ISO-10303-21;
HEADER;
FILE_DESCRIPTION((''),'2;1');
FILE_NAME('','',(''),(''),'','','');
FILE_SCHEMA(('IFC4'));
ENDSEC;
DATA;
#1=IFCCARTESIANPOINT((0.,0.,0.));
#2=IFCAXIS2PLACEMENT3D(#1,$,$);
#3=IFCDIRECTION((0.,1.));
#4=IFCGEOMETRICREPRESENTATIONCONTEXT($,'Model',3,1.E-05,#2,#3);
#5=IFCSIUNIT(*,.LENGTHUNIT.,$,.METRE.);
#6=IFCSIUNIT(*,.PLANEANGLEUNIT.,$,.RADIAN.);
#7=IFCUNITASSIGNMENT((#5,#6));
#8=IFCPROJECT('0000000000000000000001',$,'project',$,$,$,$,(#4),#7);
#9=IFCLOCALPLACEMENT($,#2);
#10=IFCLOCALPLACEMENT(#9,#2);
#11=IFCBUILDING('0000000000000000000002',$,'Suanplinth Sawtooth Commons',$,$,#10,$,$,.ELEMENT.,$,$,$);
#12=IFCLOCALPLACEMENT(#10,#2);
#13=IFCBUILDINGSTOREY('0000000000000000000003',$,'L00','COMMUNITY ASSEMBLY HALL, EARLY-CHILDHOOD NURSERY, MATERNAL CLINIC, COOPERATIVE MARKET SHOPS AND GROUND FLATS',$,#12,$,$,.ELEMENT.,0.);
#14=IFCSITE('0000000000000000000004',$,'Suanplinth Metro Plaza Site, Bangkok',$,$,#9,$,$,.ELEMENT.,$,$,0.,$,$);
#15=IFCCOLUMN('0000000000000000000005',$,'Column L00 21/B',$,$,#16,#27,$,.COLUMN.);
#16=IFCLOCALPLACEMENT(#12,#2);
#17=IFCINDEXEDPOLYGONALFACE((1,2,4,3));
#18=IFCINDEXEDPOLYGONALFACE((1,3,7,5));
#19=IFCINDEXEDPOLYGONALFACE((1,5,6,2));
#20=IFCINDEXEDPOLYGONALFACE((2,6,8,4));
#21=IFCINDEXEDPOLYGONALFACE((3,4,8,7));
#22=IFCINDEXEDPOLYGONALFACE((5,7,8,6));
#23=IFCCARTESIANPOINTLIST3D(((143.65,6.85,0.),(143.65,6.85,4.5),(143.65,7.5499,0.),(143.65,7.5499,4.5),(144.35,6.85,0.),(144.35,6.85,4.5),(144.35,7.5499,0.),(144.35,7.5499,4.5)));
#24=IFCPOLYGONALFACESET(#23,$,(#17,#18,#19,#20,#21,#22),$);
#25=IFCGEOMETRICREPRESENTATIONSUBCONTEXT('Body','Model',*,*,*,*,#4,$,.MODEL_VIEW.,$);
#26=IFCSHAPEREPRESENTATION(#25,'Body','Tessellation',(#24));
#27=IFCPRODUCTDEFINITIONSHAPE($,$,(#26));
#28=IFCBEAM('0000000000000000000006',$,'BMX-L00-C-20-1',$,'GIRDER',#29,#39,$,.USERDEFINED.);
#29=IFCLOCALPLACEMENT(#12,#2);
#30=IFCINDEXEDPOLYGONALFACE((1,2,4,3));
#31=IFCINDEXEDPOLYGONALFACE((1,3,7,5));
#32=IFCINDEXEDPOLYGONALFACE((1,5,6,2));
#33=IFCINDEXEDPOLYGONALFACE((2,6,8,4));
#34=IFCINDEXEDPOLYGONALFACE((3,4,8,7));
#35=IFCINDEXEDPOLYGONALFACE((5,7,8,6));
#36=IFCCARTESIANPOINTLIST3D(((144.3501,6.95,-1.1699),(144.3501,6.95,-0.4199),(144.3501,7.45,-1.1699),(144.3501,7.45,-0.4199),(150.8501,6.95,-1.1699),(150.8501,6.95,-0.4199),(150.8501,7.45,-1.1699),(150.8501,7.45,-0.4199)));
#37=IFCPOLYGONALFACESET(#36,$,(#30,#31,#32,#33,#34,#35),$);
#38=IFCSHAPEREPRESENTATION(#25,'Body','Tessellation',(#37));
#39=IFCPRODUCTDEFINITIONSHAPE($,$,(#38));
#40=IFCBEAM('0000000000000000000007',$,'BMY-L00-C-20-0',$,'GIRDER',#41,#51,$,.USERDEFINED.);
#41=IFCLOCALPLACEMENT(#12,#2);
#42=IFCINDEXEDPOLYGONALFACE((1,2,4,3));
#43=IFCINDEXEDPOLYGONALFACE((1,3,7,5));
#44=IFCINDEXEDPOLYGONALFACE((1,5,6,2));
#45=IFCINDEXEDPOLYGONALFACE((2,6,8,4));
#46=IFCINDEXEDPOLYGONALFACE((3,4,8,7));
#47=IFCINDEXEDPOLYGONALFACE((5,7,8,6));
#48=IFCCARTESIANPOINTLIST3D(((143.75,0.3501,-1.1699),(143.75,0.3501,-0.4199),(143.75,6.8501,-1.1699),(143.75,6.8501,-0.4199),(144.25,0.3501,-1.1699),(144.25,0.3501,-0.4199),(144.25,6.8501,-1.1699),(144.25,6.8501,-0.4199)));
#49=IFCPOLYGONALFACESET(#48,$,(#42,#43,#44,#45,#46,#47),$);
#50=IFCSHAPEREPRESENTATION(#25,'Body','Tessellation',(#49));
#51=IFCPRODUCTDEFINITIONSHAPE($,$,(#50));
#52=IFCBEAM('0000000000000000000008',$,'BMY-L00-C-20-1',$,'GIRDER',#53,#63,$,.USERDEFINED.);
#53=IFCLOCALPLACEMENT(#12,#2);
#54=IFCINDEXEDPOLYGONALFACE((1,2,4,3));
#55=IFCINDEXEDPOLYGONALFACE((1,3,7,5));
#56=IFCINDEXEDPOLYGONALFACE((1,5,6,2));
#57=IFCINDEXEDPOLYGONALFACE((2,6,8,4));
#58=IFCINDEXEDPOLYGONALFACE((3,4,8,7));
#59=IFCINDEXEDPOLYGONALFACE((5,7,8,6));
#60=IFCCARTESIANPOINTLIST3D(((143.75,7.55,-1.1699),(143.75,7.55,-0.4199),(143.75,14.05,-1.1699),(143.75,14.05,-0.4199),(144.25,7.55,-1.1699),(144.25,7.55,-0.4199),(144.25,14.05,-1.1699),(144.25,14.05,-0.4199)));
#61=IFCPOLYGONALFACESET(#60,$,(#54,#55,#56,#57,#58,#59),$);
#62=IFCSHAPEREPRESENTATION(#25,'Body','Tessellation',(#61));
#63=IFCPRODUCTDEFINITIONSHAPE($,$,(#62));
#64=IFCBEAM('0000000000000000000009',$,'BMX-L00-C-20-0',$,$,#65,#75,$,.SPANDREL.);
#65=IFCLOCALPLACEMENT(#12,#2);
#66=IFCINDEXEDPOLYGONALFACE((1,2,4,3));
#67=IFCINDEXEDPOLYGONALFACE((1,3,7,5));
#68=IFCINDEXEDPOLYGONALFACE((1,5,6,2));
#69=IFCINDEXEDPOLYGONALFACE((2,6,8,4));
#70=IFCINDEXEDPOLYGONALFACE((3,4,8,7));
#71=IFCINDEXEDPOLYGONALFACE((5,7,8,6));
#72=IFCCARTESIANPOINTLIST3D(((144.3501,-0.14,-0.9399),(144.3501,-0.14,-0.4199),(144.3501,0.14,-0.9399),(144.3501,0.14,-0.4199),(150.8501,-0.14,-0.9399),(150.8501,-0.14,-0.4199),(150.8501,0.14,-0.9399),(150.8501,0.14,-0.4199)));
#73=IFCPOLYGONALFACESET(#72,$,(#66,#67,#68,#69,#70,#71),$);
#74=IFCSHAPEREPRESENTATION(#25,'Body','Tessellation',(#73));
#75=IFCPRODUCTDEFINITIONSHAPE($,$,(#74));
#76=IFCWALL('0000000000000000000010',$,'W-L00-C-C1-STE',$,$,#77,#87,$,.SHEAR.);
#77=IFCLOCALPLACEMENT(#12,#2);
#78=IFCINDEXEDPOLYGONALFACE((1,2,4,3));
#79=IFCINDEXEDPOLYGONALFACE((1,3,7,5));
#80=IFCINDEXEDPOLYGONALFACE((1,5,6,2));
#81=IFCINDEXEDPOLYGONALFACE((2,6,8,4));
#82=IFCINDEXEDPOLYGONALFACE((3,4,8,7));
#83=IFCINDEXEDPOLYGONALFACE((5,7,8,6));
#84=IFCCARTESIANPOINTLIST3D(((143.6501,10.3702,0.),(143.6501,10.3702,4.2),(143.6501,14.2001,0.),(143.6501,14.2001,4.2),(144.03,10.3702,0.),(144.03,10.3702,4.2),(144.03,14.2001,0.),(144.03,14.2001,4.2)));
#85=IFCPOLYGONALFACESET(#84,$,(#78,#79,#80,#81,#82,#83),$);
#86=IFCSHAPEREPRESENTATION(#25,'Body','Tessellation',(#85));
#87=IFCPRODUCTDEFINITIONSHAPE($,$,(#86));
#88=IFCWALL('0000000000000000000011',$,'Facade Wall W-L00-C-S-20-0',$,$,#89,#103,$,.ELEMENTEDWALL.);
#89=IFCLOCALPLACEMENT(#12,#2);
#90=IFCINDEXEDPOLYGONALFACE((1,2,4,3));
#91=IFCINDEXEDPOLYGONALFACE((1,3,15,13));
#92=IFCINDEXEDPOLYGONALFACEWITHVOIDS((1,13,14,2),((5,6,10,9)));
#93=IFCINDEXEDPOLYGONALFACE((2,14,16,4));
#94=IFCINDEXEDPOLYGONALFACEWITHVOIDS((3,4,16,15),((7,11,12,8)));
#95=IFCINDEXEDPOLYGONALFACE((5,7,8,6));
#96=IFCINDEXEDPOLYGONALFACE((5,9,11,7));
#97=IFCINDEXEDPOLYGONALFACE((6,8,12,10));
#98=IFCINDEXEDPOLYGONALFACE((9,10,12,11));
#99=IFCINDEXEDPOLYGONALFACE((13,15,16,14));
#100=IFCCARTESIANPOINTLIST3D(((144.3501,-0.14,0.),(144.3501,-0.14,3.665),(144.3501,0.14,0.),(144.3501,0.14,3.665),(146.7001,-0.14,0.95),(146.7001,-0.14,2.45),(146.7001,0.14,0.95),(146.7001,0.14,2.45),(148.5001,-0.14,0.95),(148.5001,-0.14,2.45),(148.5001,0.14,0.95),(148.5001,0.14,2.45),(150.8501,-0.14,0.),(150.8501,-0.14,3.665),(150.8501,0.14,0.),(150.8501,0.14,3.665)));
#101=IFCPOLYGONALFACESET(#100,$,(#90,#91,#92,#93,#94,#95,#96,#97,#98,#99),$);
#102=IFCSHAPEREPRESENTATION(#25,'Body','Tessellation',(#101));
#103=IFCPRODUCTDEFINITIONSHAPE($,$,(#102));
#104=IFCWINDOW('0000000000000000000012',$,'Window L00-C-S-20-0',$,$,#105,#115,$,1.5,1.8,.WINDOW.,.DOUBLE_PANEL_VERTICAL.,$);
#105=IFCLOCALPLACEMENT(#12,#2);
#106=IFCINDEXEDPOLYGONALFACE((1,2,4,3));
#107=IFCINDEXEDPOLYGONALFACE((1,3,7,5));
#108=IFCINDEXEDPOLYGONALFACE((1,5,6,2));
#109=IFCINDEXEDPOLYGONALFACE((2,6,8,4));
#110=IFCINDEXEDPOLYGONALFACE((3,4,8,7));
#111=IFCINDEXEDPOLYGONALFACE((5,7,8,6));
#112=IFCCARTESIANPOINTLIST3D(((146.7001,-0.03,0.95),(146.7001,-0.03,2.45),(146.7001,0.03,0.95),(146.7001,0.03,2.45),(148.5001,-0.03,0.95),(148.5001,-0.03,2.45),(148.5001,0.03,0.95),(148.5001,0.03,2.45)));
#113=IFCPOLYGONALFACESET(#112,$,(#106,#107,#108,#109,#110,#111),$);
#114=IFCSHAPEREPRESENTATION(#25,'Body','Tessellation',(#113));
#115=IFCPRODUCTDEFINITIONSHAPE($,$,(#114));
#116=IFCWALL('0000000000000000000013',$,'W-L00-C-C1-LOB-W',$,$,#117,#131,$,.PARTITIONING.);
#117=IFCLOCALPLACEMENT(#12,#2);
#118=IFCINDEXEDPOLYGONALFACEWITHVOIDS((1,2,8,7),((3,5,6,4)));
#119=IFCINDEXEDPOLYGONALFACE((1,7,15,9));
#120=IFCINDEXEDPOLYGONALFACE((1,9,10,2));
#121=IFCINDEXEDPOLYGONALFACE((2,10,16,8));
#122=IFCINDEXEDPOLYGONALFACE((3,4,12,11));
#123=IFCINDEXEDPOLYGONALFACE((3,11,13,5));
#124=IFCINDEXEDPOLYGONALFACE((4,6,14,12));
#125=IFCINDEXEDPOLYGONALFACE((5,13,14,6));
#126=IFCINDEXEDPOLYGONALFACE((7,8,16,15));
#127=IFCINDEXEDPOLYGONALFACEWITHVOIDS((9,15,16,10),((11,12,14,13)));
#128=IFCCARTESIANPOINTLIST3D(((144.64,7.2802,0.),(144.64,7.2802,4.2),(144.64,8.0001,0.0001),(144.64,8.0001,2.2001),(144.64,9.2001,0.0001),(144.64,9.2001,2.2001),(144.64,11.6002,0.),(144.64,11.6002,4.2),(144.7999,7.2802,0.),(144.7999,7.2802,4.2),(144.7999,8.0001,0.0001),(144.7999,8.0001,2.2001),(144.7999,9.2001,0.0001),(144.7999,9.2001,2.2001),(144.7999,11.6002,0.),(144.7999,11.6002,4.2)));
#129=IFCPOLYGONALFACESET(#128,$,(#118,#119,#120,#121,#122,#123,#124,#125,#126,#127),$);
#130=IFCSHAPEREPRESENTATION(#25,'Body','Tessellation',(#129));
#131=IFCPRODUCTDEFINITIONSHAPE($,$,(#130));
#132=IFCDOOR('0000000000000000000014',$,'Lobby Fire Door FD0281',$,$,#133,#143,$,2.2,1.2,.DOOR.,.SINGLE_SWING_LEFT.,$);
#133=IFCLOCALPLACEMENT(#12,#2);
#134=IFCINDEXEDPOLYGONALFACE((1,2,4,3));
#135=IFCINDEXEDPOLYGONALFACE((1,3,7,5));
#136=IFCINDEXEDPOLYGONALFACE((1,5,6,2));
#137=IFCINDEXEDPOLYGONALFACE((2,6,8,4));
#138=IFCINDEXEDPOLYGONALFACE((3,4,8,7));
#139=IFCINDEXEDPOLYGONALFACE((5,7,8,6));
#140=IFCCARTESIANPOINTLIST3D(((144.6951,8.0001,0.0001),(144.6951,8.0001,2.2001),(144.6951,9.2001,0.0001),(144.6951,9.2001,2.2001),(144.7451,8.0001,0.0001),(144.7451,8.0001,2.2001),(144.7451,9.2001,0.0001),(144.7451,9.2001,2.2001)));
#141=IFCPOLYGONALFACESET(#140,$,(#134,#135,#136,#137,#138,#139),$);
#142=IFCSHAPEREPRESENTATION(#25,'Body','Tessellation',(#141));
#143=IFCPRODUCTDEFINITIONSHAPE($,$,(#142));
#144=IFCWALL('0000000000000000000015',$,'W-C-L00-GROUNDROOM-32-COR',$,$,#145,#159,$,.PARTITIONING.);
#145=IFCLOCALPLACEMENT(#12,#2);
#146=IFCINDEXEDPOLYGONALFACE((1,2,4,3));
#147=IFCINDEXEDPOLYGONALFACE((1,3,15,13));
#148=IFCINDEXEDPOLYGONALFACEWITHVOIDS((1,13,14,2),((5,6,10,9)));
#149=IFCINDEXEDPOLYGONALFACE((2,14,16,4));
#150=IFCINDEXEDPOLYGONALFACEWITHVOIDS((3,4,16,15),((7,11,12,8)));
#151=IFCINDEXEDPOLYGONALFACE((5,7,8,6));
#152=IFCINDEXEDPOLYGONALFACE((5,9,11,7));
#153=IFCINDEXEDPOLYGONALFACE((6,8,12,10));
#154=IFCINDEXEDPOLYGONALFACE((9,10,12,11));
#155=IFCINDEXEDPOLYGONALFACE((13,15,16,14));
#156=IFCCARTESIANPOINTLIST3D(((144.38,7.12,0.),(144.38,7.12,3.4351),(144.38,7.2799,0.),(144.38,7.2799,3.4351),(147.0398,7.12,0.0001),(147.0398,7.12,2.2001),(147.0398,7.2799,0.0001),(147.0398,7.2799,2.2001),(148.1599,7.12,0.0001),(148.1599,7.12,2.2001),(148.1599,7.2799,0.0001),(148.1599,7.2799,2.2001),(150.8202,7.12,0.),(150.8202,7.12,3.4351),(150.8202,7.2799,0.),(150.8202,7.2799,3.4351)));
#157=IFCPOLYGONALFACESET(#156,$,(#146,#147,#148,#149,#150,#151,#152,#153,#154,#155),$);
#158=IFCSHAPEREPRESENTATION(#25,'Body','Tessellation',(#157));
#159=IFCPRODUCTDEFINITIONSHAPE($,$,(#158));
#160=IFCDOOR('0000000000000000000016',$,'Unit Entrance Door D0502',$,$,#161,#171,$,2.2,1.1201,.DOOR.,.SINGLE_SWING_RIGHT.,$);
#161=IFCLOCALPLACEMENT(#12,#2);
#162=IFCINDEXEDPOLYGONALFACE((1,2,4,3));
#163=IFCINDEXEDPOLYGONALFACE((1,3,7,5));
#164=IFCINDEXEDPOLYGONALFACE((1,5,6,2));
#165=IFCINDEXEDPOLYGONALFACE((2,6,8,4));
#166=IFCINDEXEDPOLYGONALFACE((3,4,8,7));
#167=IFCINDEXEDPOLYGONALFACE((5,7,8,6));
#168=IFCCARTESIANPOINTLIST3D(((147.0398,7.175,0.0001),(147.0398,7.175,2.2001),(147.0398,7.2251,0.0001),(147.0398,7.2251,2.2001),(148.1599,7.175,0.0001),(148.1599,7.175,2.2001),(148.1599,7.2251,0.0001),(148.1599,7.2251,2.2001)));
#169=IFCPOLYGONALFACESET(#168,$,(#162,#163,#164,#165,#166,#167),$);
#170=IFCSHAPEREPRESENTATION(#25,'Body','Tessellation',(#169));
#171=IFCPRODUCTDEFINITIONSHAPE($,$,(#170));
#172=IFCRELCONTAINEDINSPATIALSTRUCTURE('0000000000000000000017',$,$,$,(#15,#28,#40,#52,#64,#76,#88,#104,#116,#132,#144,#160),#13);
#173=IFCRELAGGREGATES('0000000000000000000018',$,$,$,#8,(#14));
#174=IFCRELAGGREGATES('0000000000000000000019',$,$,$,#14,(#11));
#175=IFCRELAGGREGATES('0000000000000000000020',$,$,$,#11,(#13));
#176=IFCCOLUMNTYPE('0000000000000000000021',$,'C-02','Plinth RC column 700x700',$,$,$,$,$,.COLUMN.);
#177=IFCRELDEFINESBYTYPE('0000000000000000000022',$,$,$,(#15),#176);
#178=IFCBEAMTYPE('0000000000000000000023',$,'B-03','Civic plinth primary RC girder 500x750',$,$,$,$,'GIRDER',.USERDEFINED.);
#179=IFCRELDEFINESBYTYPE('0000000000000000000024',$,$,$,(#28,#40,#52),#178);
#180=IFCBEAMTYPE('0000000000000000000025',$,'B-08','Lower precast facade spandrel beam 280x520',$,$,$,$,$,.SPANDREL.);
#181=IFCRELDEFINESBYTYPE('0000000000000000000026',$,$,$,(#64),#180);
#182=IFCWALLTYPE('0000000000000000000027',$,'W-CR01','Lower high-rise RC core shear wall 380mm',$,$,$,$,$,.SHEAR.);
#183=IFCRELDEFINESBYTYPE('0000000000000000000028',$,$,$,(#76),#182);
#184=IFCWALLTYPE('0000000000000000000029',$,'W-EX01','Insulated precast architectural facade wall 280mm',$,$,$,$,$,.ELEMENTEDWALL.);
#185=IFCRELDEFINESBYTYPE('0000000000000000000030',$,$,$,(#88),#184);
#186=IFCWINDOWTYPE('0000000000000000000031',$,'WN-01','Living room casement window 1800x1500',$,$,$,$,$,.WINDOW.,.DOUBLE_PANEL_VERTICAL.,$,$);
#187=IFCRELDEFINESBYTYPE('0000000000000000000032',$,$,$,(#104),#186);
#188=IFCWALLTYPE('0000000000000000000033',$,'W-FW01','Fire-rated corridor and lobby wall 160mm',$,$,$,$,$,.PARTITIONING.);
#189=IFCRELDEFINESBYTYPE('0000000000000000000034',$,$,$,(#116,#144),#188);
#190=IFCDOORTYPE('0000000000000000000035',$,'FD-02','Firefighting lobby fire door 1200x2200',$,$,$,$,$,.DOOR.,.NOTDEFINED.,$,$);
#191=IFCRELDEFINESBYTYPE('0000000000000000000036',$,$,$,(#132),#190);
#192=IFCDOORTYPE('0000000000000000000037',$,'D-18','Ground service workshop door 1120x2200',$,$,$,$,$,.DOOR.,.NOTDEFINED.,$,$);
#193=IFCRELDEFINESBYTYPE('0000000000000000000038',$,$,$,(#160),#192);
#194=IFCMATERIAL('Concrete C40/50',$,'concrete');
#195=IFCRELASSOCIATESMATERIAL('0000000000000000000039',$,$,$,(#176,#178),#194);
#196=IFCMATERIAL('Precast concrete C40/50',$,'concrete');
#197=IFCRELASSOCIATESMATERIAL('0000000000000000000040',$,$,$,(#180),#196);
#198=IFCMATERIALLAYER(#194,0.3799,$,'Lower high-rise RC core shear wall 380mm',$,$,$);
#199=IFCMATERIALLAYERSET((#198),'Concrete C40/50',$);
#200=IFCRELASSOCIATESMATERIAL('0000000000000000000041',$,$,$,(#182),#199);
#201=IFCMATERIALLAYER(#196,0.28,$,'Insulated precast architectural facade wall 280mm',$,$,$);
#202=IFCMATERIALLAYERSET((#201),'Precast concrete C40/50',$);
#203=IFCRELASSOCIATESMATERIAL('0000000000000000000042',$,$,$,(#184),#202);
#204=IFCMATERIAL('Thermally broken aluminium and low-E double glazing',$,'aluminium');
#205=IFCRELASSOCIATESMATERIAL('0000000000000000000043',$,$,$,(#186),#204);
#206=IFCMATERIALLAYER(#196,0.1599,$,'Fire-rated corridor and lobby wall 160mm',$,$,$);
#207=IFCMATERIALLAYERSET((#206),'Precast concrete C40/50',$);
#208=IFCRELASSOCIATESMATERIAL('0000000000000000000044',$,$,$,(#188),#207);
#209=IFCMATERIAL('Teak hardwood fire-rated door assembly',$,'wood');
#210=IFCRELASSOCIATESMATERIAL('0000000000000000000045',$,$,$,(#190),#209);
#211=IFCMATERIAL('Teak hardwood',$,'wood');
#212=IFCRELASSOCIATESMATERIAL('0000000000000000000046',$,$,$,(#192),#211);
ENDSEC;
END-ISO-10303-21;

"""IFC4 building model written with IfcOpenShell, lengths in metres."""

from ifc_helpers import new_model, si_unit, direction, frame, frame_2d, origin, origin_2d, place, context, subcontext, project, spatial, rectangle, extrude, material, layer, layer_set, material_profile, profile_set, type_object, element, fill, save


model = new_model("IFC4")

# Units and contexts
model_context = context("Model", 3, precision=1e-05, world=origin(), true_north=direction((0.0, 1.0)))
body_context = subcontext(model_context, "Body", "Model", "MODEL_VIEW")
ifc_project = project(units=[si_unit("LENGTHUNIT", "METRE"), si_unit("PLANEANGLEUNIT", "RADIAN")], contexts=[model_context])

# Site, building, storey
site_placement = place(None, origin())
site = spatial("IfcSite", under=ifc_project, at=site_placement, Name="Suanplinth Metro Plaza Site, Bangkok", CompositionType="ELEMENT", RefElevation=0.0)
building_placement = place(site_placement, origin())
building = spatial("IfcBuilding", under=site, at=building_placement, Name="Suanplinth Sawtooth Commons", CompositionType="ELEMENT")
storey_placement = place(building_placement, origin())
storey = spatial("IfcBuildingStorey", under=building, at=storey_placement, Name="L00", Description="COMMUNITY ASSEMBLY HALL, EARLY-CHILDHOOD NURSERY, MATERNAL CLINIC, COOPERATIVE MARKET SHOPS AND GROUND FLATS", CompositionType="ELEMENT", Elevation=0.0)

# Column
ifc_material_1 = material(Name="Concrete C40/50", Category="concrete")
ifc_material_profile_1 = material_profile(ifc_material_1, rectangle(XDim=0.7, YDim=0.7, at=origin_2d()), Name="RC-COL 700x700")
ifc_profile_set_1 = profile_set([ifc_material_profile_1], Name="Concrete C40/50")
column_type = type_object("IfcColumnType", Name="C-02", Description="Plinth RC column 700x700", PredefinedType="COLUMN", material=ifc_profile_set_1)
column_placement = place(storey_placement, frame((144.0, 7.2, 0.0), z_axis=(0.0, 0.0, 1.0), x_axis=(1.0, 0.0, 0.0)))
element("IfcColumn", 1, at=column_placement, inside=storey, type_object=column_type, Name="Column L00 21/B", PredefinedType="COLUMN", context=body_context, shape_type="SweptSolid", body=[
    extrude(rectangle(XDim=0.7, YDim=0.7, at=origin_2d()), origin(), (0.0, 0.0, 1.0), 4.5),
])

# Beams
ifc_material_profile_2 = material_profile(ifc_material_1, rectangle(XDim=0.5, YDim=0.75, at=origin_2d()), Name="RC-GDR 500x750")
ifc_profile_set_2 = profile_set([ifc_material_profile_2], Name="Concrete C40/50")
beam_type_1 = type_object("IfcBeamType", Name="B-03", Description="Civic plinth primary RC girder 500x750", ElementType="GIRDER", PredefinedType="USERDEFINED", material=ifc_profile_set_2)
for number, where, z_axis, x_axis, name in (
    (2, (144.3501, 7.2, -0.7949), (1.0, 0.0, 0.0), (0.0, 1.0, 0.0), "BMX-L00-C-20-1"),
    (3, (144.0, 0.3501, -0.7949), (0.0, 1.0, 0.0), (-1.0, 0.0, 0.0), "BMY-L00-C-20-0"),
    (4, (144.0, 7.55, -0.7949), (0.0, 1.0, 0.0), (-1.0, 0.0, 0.0), "BMY-L00-C-20-1"),
):
    element("IfcBeam", number, at=place(storey_placement, frame(where, z_axis=z_axis, x_axis=x_axis)), inside=storey, type_object=beam_type_1, Name=name, ObjectType="GIRDER", PredefinedType="USERDEFINED", context=body_context, shape_type="SweptSolid", body=[
        extrude(rectangle(XDim=0.5, YDim=0.75, at=origin_2d()), origin(), (0.0, 0.0, 1.0), 6.5),
    ])
ifc_material_2 = material(Name="Precast concrete C40/50", Category="concrete")
ifc_material_profile_3 = material_profile(ifc_material_2, rectangle(XDim=0.28, YDim=0.52, at=origin_2d()), Name="PC-SP 280x520")
ifc_profile_set_3 = profile_set([ifc_material_profile_3], Name="Precast concrete C40/50")
beam_type_2 = type_object("IfcBeamType", Name="B-08", Description="Lower precast facade spandrel beam 280x520", PredefinedType="SPANDREL", material=ifc_profile_set_3)
beam_placement = place(storey_placement, frame((144.3501, 0.0, -0.6799), z_axis=(1.0, 0.0, 0.0), x_axis=(0.0, 1.0, 0.0)))
element("IfcBeam", 5, at=beam_placement, inside=storey, type_object=beam_type_2, Name="BMX-L00-C-20-0", PredefinedType="SPANDREL", context=body_context, shape_type="SweptSolid", body=[
    extrude(rectangle(XDim=0.28, YDim=0.52, at=origin_2d()), origin(), (0.0, 0.0, 1.0), 6.5),
])

# Wall
ifc_layer_1 = layer(ifc_material_1, 0.3799, Name="Lower high-rise RC core shear wall 380mm")
ifc_layer_set_1 = layer_set([ifc_layer_1], Name="Concrete C40/50")
wall_type_1 = type_object("IfcWallType", Name="W-CR01", Description="Lower high-rise RC core shear wall 380mm", PredefinedType="SHEAR", material=ifc_layer_set_1)
wall_1_placement = place(storey_placement, frame((143.8401, 10.3701, 0.0), z_axis=(0.0, 0.0, 1.0), x_axis=(0.0, 1.0, 0.0)))
element("IfcWall", 6, at=wall_1_placement, inside=storey, type_object=wall_type_1, Name="W-L00-C-C1-STE", PredefinedType="SHEAR", context=body_context, shape_type="SweptSolid", body=[
    extrude(rectangle(XDim=3.8298, YDim=0.3799, at=frame_2d((1.915, 0.0))), origin(), (0.0, 0.0, 1.0), 4.2),
])

# Wall, opening, window
ifc_layer_2 = layer(ifc_material_2, 0.28, Name="Insulated precast architectural facade wall 280mm")
ifc_layer_set_2 = layer_set([ifc_layer_2], Name="Precast concrete C40/50")
wall_type_2 = type_object("IfcWallType", Name="W-EX01", Description="Insulated precast architectural facade wall 280mm", PredefinedType="ELEMENTEDWALL", material=ifc_layer_set_2)
wall_2_placement = place(storey_placement, frame((144.3501, 0.0, 0.0), z_axis=(0.0, 0.0, 1.0), x_axis=(1.0, 0.0, 0.0)))
wall_2 = element("IfcWall", 7, at=wall_2_placement, inside=storey, type_object=wall_type_2, Name="Facade Wall W-L00-C-S-20-0", PredefinedType="ELEMENTEDWALL", context=body_context, shape_type="SweptSolid", body=[
    extrude(rectangle(XDim=6.5, YDim=0.28, at=frame_2d((3.25, 0.0))), origin(), (0.0, 0.0, 1.0), 3.665),
])
opening_1_placement = place(wall_2_placement, frame((2.3501, 0.0, 0.95)))
opening_1 = element("IfcOpeningElement", 8, at=opening_1_placement, cuts=wall_2, PredefinedType="OPENING", context=body_context, shape_type="SweptSolid", body=[
    extrude(rectangle(XDim=1.8, YDim=1.5, at=frame_2d((0.8999, 0.75))), frame((0.0, 0.1548, 0.0), z_axis=(0.0, -1.0, 0.0), x_axis=(1.0, 0.0, 0.0)), (0.0, 0.0, 1.0), 0.3098),
])
ifc_material_3 = material(Name="Thermally broken aluminium and low-E double glazing", Category="aluminium")
window_type = type_object("IfcWindowType", Name="WN-01", Description="Living room casement window 1800x1500", PartitioningType="DOUBLE_PANEL_VERTICAL", PredefinedType="WINDOW", material=ifc_material_3)
window_placement = place(opening_1_placement, origin())
window = element("IfcWindow", 9, at=window_placement, inside=storey, type_object=window_type, Name="Window L00-C-S-20-0", OverallHeight=1.5, OverallWidth=1.8, PartitioningType="DOUBLE_PANEL_VERTICAL", PredefinedType="WINDOW", context=body_context, shape_type="SweptSolid", body=[
    extrude(rectangle(XDim=1.8, YDim=1.5, at=frame_2d((0.8999, 0.75))), frame((0.0, 0.03, 0.0), z_axis=(0.0, -1.0, 0.0), x_axis=(1.0, 0.0, 0.0)), (0.0, 0.0, 1.0), 0.0601),
])
fill(opening_1, window)

# Walls, openings, doors
ifc_layer_3 = layer(ifc_material_2, 0.1599, Name="Fire-rated corridor and lobby wall 160mm")
ifc_layer_set_3 = layer_set([ifc_layer_3], Name="Precast concrete C40/50")
wall_type_3 = type_object("IfcWallType", Name="W-FW01", Description="Fire-rated corridor and lobby wall 160mm", PredefinedType="PARTITIONING", material=ifc_layer_set_3)
wall_3_placement = place(storey_placement, frame((144.72, 7.28, 0.0), z_axis=(0.0, 0.0, 1.0), x_axis=(0.0, 1.0, 0.0)))
wall_3 = element("IfcWall", 10, at=wall_3_placement, inside=storey, type_object=wall_type_3, Name="W-L00-C-C1-LOB-W", PredefinedType="PARTITIONING", context=body_context, shape_type="SweptSolid", body=[
    extrude(rectangle(XDim=4.3201, YDim=0.1599, at=frame_2d((2.1602, 0.0))), origin(), (0.0, 0.0, 1.0), 4.2),
])
opening_2_placement = place(wall_3_placement, frame((0.72, 0.0, 0.0)))
opening_2 = element("IfcOpeningElement", 11, at=opening_2_placement, cuts=wall_3, PredefinedType="OPENING", context=body_context, shape_type="SweptSolid", body=[
    extrude(rectangle(XDim=1.2, YDim=2.2, at=frame_2d((0.6001, 1.1001))), frame((0.0, 0.0947, 0.0), z_axis=(0.0, -1.0, 0.0), x_axis=(1.0, 0.0, 0.0)), (0.0, 0.0, 1.0), 0.1897),
])
ifc_material_4 = material(Name="Teak hardwood fire-rated door assembly", Category="wood")
door_type_1 = type_object("IfcDoorType", Name="FD-02", Description="Firefighting lobby fire door 1200x2200", OperationType="NOTDEFINED", PredefinedType="DOOR", material=ifc_material_4)
door_1_placement = place(opening_2_placement, origin())
door_1 = element("IfcDoor", 12, at=door_1_placement, inside=storey, type_object=door_type_1, Name="Lobby Fire Door FD0281", OperationType="SINGLE_SWING_LEFT", OverallHeight=2.2, OverallWidth=1.2, PredefinedType="DOOR", context=body_context, shape_type="SweptSolid", body=[
    extrude(rectangle(XDim=1.2, YDim=2.2, at=frame_2d((0.6001, 1.1001))), frame((0.0, 0.0249, 0.0), z_axis=(0.0, -1.0, 0.0), x_axis=(1.0, 0.0, 0.0)), (0.0, 0.0, 1.0), 0.05),
])
fill(opening_2, door_1)
wall_4_placement = place(storey_placement, frame((144.3799, 7.2, 0.0), z_axis=(0.0, 0.0, 1.0), x_axis=(1.0, 0.0, 0.0)))
wall_4 = element("IfcWall", 13, at=wall_4_placement, inside=storey, type_object=wall_type_3, Name="W-C-L00-GROUNDROOM-32-COR", PredefinedType="PARTITIONING", context=body_context, shape_type="SweptSolid", body=[
    extrude(rectangle(XDim=6.4402, YDim=0.1599, at=frame_2d((3.2202, 0.0))), origin(), (0.0, 0.0, 1.0), 3.4351),
])
opening_3_placement = place(wall_4_placement, frame((2.6599, 0.0, 0.0)))
opening_3 = element("IfcOpeningElement", 14, at=opening_3_placement, cuts=wall_4, PredefinedType="OPENING", context=body_context, shape_type="SweptSolid", body=[
    extrude(rectangle(XDim=1.1201, YDim=2.2, at=frame_2d((0.5601, 1.1001))), frame((0.0, 0.0947, 0.0), z_axis=(0.0, -1.0, 0.0), x_axis=(1.0, 0.0, 0.0)), (0.0, 0.0, 1.0), 0.1897),
])
ifc_material_5 = material(Name="Teak hardwood", Category="wood")
door_type_2 = type_object("IfcDoorType", Name="D-18", Description="Ground service workshop door 1120x2200", OperationType="NOTDEFINED", PredefinedType="DOOR", material=ifc_material_5)
door_2_placement = place(opening_3_placement, frame((1.1201, 0.0, 0.0), z_axis=(0.0, 0.0, 1.0), x_axis=(-1.0, 0.0, 0.0)))
door_2 = element("IfcDoor", 15, at=door_2_placement, inside=storey, type_object=door_type_2, Name="Unit Entrance Door D0502", OperationType="SINGLE_SWING_RIGHT", OverallHeight=2.2, OverallWidth=1.1201, PredefinedType="DOOR", context=body_context, shape_type="SweptSolid", body=[
    extrude(rectangle(XDim=1.1201, YDim=2.2, at=frame_2d((0.5601, 1.1001))), frame((0.0, 0.0249, 0.0), z_axis=(0.0, -1.0, 0.0), x_axis=(1.0, 0.0, 0.0)), (0.0, 0.0, 1.0), 0.05),
])
fill(opening_3, door_2)

save(model, "model.ifc")
